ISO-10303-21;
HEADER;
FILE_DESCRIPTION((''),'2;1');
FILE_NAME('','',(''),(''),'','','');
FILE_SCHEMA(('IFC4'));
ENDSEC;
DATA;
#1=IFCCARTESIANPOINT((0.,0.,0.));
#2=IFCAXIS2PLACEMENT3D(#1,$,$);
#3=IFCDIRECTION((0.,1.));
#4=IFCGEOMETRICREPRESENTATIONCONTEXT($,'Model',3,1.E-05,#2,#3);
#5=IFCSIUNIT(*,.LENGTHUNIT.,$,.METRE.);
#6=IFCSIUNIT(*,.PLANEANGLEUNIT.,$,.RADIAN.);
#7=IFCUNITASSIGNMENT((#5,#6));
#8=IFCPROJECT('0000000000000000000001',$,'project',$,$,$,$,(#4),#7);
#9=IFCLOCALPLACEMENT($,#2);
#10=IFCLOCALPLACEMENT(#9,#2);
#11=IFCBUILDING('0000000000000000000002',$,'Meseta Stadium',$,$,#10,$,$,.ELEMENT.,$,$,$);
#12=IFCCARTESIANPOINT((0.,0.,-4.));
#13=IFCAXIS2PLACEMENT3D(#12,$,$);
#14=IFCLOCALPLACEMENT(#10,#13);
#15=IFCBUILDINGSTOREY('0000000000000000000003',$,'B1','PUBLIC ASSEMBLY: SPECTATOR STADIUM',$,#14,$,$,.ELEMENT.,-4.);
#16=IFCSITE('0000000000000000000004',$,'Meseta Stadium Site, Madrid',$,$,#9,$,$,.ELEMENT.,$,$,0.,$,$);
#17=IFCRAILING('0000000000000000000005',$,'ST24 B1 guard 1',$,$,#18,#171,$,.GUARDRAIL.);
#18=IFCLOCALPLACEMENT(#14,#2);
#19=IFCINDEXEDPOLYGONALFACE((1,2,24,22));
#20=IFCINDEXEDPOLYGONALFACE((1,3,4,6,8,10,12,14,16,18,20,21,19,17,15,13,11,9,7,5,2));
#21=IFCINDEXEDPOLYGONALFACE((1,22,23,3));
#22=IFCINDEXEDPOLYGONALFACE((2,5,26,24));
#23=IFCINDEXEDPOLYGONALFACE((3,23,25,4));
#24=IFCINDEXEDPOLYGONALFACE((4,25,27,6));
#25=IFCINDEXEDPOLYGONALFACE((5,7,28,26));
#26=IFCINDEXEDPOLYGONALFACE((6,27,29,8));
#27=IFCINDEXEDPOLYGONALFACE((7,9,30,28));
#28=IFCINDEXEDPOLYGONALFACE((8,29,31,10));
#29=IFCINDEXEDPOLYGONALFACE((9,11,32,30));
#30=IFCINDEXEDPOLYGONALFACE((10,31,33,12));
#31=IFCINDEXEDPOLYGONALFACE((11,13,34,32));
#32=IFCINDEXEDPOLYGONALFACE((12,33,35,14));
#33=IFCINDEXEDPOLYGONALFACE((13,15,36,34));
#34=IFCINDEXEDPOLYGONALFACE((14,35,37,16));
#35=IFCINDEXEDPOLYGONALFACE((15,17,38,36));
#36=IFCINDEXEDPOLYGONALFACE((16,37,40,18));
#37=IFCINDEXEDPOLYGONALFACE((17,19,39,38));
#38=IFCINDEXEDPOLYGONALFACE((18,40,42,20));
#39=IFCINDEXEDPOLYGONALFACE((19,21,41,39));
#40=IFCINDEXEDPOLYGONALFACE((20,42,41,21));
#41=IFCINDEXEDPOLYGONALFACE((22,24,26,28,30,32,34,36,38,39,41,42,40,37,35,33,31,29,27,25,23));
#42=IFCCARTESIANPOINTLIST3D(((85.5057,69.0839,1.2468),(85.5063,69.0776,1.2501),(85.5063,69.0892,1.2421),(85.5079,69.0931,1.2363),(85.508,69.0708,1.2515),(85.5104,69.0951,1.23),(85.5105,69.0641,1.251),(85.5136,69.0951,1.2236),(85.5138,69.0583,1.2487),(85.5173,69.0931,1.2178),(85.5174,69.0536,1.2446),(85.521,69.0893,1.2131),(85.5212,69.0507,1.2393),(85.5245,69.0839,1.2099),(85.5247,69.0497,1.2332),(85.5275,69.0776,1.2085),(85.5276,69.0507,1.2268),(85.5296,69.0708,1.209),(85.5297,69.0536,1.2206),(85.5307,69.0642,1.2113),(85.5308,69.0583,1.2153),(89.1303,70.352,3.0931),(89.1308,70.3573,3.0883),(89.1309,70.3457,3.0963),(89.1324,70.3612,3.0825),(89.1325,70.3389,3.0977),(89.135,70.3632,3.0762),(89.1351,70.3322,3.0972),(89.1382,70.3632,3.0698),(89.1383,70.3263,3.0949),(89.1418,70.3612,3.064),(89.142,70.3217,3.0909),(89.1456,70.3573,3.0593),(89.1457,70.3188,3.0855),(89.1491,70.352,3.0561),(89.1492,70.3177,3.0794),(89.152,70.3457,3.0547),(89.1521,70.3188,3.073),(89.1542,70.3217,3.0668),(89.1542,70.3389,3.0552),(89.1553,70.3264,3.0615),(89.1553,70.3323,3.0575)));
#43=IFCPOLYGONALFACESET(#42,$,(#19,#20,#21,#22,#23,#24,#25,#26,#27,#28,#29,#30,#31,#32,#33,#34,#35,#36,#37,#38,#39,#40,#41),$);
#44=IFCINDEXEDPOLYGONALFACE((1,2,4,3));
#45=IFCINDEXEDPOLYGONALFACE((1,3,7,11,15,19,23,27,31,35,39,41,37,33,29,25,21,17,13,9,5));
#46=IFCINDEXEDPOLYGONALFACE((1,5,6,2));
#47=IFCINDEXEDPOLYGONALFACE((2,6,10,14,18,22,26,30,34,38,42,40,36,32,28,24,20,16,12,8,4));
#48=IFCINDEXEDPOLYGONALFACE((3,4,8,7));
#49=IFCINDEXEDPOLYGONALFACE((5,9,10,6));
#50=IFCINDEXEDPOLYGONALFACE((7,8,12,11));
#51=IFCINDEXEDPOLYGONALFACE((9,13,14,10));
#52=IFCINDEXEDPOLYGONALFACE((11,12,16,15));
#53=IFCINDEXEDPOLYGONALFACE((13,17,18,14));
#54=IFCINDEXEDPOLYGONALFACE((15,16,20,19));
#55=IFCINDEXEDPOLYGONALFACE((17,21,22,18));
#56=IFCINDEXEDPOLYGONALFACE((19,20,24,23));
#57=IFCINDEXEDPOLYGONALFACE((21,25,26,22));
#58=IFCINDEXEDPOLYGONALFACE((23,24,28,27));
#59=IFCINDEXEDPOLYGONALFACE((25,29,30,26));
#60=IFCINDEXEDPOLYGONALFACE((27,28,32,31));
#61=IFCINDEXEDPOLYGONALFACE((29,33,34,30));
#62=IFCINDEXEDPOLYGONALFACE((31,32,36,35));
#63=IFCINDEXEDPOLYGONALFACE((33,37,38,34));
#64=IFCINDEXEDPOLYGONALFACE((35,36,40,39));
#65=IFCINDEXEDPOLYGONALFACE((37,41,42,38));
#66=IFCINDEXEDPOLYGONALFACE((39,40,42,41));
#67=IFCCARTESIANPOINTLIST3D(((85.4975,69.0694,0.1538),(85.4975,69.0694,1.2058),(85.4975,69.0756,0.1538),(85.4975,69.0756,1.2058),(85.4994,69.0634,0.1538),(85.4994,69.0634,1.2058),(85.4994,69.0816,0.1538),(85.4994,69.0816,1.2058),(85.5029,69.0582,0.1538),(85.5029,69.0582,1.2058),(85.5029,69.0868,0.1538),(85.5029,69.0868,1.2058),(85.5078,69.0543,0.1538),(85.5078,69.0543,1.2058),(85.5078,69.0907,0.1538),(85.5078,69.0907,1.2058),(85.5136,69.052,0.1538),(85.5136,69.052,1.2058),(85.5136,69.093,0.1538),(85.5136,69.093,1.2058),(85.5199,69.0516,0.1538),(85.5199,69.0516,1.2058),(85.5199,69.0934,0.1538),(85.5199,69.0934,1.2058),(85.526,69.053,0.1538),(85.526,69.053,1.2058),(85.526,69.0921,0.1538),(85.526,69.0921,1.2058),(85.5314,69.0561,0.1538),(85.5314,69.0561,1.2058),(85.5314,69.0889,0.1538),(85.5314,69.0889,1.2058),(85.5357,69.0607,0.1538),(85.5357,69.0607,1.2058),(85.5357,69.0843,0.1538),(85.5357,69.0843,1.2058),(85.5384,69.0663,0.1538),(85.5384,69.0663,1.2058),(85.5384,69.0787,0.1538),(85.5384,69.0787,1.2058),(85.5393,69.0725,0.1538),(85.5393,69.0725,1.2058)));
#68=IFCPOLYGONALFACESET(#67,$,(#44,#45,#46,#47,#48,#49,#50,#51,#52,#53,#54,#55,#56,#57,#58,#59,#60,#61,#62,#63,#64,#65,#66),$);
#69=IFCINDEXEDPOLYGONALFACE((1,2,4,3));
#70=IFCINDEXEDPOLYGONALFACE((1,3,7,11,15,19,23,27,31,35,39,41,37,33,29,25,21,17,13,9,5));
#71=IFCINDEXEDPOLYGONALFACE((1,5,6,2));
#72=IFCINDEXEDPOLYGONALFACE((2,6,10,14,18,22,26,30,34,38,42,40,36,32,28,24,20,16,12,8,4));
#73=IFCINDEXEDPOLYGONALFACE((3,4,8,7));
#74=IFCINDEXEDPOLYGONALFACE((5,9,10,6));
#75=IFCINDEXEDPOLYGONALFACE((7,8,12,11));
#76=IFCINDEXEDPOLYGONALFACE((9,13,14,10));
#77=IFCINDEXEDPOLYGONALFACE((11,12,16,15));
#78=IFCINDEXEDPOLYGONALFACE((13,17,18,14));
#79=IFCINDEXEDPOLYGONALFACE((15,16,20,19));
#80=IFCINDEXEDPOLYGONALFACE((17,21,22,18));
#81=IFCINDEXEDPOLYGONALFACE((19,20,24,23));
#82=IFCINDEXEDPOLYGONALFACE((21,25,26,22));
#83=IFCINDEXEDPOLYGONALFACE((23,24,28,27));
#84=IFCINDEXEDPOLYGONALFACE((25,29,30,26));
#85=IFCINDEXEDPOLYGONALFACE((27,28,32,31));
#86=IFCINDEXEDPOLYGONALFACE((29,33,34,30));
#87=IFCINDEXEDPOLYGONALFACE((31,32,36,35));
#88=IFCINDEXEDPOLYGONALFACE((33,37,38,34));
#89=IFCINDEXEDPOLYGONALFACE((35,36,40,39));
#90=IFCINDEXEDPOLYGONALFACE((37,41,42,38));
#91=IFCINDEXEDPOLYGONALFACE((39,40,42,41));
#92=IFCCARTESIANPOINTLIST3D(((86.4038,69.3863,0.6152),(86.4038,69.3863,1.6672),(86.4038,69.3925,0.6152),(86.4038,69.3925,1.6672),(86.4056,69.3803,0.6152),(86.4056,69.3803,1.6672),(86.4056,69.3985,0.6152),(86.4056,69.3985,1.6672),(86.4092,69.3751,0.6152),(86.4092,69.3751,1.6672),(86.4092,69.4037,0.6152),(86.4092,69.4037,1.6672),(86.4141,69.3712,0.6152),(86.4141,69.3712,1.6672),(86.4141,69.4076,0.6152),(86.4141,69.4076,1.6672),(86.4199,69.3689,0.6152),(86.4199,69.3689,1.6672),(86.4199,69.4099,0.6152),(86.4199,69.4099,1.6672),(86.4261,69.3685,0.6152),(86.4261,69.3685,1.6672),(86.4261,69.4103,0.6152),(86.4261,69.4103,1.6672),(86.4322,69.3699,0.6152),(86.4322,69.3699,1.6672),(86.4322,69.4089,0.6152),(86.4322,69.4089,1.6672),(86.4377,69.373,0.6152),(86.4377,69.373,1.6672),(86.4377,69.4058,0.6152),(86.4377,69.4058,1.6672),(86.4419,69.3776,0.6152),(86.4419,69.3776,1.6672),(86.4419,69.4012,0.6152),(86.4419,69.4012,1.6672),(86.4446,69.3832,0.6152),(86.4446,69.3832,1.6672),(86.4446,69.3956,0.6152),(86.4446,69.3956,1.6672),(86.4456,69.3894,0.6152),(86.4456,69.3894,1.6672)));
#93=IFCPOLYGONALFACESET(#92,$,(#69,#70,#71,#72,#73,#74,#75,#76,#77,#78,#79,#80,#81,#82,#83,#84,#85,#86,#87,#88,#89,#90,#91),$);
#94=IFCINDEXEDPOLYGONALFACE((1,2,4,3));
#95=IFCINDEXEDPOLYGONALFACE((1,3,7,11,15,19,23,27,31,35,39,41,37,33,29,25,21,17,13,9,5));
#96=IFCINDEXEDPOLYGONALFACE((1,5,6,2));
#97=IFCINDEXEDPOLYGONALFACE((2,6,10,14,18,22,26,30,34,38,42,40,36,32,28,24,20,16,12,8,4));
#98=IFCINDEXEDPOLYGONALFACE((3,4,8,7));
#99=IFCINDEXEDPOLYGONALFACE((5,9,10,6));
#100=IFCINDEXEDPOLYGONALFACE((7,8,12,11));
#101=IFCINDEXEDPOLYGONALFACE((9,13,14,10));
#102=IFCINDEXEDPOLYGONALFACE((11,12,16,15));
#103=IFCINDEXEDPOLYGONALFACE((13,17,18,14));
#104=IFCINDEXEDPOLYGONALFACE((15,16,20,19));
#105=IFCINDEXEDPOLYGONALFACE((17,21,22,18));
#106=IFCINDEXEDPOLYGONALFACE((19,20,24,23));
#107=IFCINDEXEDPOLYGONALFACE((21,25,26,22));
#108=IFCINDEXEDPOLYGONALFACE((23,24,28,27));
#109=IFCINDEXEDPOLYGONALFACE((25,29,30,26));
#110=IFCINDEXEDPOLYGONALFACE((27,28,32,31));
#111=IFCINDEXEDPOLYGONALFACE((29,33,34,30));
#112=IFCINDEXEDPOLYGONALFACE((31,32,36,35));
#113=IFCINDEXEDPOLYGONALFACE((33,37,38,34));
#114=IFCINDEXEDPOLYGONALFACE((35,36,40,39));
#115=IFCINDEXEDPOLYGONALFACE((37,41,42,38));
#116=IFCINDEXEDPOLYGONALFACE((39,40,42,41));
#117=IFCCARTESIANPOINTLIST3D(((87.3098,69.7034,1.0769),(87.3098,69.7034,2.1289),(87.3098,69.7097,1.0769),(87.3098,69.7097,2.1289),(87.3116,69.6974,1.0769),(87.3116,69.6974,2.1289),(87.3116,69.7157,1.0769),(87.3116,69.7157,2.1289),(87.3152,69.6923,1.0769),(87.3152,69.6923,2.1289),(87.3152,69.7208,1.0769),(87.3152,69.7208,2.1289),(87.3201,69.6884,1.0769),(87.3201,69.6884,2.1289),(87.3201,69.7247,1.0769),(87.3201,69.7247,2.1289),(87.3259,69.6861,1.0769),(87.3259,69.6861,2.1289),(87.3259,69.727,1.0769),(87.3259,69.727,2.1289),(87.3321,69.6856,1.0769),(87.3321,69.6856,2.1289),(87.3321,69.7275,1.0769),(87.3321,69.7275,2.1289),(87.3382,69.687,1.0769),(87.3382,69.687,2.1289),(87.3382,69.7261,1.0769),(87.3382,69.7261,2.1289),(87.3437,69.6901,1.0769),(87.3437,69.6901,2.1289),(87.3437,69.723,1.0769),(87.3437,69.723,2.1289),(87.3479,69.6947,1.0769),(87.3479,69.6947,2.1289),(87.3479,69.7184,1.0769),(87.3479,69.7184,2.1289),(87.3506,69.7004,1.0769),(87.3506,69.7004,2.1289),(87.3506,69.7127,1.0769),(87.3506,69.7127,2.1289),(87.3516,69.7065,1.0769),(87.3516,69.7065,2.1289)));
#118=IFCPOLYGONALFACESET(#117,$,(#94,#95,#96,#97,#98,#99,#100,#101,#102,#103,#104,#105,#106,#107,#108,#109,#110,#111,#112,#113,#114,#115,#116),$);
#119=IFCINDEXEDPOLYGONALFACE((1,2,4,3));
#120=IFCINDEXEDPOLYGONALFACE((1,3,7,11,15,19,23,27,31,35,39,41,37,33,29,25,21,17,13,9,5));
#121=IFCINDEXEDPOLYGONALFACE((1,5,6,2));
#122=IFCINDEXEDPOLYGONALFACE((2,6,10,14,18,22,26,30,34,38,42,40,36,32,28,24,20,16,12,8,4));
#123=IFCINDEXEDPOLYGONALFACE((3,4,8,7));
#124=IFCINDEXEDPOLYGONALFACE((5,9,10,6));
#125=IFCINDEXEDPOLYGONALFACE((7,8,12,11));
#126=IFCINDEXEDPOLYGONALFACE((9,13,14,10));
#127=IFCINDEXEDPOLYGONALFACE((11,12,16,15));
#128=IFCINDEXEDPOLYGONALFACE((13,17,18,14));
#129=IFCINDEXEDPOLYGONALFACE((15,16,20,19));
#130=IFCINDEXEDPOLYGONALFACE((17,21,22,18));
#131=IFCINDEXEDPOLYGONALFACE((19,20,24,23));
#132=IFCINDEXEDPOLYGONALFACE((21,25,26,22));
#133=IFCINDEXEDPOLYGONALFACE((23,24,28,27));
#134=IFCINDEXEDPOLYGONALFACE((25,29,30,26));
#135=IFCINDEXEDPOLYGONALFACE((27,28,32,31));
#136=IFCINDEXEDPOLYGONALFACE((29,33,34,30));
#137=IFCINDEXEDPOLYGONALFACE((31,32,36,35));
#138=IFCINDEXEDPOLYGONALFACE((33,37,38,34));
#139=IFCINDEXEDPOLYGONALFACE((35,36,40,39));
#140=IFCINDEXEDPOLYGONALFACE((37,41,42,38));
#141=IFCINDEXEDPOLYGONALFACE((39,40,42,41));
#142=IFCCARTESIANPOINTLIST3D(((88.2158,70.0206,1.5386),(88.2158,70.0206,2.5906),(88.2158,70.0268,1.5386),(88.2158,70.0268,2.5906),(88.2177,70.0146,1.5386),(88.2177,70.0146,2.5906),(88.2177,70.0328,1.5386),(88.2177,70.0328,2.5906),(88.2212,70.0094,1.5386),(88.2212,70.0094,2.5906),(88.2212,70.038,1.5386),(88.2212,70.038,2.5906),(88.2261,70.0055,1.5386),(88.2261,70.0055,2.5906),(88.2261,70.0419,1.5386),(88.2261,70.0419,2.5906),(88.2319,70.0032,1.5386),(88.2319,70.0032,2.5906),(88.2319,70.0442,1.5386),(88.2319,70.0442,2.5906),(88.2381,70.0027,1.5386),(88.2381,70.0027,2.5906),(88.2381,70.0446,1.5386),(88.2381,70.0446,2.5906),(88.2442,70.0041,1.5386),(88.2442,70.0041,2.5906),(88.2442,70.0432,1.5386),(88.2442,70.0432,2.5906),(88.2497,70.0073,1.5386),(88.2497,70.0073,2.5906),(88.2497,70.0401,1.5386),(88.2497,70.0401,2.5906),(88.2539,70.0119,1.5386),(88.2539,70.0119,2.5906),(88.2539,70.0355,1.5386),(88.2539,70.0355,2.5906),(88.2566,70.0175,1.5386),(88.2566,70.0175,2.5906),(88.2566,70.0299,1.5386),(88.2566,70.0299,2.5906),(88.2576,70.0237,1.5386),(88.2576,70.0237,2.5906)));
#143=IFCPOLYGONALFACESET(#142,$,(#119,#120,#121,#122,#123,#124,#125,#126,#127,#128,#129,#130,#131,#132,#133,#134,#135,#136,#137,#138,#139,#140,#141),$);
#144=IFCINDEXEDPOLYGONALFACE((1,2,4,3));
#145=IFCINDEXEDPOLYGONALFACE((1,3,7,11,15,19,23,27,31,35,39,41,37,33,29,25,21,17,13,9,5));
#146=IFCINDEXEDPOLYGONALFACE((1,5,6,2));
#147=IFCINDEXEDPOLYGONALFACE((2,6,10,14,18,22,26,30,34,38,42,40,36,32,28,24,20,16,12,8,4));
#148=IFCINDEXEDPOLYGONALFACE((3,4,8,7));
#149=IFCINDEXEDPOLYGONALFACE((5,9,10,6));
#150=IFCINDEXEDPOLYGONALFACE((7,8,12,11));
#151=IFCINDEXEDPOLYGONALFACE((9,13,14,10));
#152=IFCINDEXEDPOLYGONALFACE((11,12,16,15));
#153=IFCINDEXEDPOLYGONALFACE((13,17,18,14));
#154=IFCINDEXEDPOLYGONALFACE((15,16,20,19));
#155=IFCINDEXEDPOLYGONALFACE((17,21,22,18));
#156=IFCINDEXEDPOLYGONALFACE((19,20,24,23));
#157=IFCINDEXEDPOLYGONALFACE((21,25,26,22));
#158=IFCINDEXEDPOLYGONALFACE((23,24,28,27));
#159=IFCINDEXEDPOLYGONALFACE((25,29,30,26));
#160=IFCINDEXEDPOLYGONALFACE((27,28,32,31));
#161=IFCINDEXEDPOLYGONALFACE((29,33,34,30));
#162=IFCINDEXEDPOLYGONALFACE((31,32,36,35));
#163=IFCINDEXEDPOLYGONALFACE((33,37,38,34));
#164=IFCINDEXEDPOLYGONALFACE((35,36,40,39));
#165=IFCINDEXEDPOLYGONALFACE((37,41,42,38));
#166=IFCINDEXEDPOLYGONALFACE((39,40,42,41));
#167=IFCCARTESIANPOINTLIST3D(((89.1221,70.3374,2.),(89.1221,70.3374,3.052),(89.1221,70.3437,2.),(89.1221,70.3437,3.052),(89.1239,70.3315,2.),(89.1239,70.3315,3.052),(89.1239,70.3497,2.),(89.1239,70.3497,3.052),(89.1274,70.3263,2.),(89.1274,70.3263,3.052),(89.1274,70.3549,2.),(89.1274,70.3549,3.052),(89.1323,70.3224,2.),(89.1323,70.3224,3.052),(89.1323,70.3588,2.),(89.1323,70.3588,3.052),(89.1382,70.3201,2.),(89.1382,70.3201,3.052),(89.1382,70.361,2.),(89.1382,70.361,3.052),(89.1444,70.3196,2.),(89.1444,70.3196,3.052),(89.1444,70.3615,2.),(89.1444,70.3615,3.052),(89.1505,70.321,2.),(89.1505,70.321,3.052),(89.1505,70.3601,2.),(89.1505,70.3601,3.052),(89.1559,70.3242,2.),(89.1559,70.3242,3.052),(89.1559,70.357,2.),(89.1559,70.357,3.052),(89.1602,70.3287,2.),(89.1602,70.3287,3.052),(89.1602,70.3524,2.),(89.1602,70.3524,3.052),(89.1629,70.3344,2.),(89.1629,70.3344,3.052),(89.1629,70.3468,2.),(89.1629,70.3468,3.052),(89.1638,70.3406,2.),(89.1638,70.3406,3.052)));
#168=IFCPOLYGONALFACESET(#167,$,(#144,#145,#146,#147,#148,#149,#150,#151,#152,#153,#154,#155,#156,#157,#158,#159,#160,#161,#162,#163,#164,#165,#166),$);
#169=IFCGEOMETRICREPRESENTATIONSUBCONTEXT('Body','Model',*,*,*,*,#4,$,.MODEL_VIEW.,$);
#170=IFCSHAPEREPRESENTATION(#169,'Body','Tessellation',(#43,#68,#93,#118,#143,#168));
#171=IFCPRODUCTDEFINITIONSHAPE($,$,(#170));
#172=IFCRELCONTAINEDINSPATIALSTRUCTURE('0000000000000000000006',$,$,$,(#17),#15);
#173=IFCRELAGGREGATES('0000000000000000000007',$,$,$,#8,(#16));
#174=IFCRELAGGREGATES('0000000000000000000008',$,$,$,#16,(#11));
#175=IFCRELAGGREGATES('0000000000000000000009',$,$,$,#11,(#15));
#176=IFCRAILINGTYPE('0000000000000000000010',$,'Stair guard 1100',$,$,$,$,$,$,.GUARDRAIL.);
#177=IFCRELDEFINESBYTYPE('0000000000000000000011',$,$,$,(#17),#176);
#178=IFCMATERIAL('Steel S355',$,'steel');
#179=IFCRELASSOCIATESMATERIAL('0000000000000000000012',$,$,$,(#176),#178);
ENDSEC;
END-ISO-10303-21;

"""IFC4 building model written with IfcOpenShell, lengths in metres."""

from ifc_helpers import new_model, si_unit, direction, frame, origin, origin_2d, place, context, subcontext, project, spatial, circle, extrude, material, type_object, element, save


model = new_model("IFC4")

# Units and contexts
model_context = context("Model", 3, precision=1e-05, world=origin(), true_north=direction((0.0, 1.0)))
body_context = subcontext(model_context, "Body", "Model", "MODEL_VIEW")
ifc_project = project(units=[si_unit("LENGTHUNIT", "METRE"), si_unit("PLANEANGLEUNIT", "RADIAN")], contexts=[model_context])

# Site, building, storey
site_placement = place(None, origin())
site = spatial("IfcSite", under=ifc_project, at=site_placement, Name="Meseta Stadium Site, Madrid", CompositionType="ELEMENT", RefElevation=0.0)
building_placement = place(site_placement, origin())
building = spatial("IfcBuilding", under=site, at=building_placement, Name="Meseta Stadium", CompositionType="ELEMENT")
storey_placement = place(building_placement, frame((0.0, 0.0, -4.0)))
storey = spatial("IfcBuildingStorey", under=building, at=storey_placement, Name="B1", Description="PUBLIC ASSEMBLY: SPECTATOR STADIUM", CompositionType="ELEMENT", Elevation=-4.0)

# Railing
ifc_material_1 = material(Name="Steel S355", Category="steel")
railing_type_1 = type_object("IfcRailingType", Name="Stair guard 1100", PredefinedType="GUARDRAIL", material=ifc_material_1)
railing_1_placement = place(storey_placement, frame((85.5183, 69.0725, 0.1538)))
element("IfcRailing", 1, at=railing_1_placement, inside=storey, type_object=railing_type_1, Name="ST24 B1 guard 1", PredefinedType="GUARDRAIL", context=body_context, shape_type="SweptSolid", body=[
    extrude(circle(Radius=0.0239, at=origin_2d()), frame((0.0, 0.0, 1.0762), z_axis=(0.850686, 0.29762, 0.433308), x_axis=(-0.330231, 0.9439, 0.0)), (0.0, 0.0, 1.0), 4.2607),
    extrude(circle(Radius=0.021, at=origin_2d()), origin(), (0.0, 0.0, 1.0), 1.052),
    extrude(circle(Radius=0.021, at=origin_2d()), frame((0.9062, 0.3169, 0.4614)), (0.0, 0.0, 1.0), 1.052),
    extrude(circle(Radius=0.021, at=origin_2d()), frame((1.8123, 0.634, 0.9231)), (0.0, 0.0, 1.0), 1.052),
    extrude(circle(Radius=0.021, at=origin_2d()), frame((2.7183, 0.9512, 1.3848)), (0.0, 0.0, 1.0), 1.052),
    extrude(circle(Radius=0.021, at=origin_2d()), frame((3.6245, 1.2681, 1.8462)), (0.0, 0.0, 1.0), 1.052),
])

save(model, "model.ifc")
